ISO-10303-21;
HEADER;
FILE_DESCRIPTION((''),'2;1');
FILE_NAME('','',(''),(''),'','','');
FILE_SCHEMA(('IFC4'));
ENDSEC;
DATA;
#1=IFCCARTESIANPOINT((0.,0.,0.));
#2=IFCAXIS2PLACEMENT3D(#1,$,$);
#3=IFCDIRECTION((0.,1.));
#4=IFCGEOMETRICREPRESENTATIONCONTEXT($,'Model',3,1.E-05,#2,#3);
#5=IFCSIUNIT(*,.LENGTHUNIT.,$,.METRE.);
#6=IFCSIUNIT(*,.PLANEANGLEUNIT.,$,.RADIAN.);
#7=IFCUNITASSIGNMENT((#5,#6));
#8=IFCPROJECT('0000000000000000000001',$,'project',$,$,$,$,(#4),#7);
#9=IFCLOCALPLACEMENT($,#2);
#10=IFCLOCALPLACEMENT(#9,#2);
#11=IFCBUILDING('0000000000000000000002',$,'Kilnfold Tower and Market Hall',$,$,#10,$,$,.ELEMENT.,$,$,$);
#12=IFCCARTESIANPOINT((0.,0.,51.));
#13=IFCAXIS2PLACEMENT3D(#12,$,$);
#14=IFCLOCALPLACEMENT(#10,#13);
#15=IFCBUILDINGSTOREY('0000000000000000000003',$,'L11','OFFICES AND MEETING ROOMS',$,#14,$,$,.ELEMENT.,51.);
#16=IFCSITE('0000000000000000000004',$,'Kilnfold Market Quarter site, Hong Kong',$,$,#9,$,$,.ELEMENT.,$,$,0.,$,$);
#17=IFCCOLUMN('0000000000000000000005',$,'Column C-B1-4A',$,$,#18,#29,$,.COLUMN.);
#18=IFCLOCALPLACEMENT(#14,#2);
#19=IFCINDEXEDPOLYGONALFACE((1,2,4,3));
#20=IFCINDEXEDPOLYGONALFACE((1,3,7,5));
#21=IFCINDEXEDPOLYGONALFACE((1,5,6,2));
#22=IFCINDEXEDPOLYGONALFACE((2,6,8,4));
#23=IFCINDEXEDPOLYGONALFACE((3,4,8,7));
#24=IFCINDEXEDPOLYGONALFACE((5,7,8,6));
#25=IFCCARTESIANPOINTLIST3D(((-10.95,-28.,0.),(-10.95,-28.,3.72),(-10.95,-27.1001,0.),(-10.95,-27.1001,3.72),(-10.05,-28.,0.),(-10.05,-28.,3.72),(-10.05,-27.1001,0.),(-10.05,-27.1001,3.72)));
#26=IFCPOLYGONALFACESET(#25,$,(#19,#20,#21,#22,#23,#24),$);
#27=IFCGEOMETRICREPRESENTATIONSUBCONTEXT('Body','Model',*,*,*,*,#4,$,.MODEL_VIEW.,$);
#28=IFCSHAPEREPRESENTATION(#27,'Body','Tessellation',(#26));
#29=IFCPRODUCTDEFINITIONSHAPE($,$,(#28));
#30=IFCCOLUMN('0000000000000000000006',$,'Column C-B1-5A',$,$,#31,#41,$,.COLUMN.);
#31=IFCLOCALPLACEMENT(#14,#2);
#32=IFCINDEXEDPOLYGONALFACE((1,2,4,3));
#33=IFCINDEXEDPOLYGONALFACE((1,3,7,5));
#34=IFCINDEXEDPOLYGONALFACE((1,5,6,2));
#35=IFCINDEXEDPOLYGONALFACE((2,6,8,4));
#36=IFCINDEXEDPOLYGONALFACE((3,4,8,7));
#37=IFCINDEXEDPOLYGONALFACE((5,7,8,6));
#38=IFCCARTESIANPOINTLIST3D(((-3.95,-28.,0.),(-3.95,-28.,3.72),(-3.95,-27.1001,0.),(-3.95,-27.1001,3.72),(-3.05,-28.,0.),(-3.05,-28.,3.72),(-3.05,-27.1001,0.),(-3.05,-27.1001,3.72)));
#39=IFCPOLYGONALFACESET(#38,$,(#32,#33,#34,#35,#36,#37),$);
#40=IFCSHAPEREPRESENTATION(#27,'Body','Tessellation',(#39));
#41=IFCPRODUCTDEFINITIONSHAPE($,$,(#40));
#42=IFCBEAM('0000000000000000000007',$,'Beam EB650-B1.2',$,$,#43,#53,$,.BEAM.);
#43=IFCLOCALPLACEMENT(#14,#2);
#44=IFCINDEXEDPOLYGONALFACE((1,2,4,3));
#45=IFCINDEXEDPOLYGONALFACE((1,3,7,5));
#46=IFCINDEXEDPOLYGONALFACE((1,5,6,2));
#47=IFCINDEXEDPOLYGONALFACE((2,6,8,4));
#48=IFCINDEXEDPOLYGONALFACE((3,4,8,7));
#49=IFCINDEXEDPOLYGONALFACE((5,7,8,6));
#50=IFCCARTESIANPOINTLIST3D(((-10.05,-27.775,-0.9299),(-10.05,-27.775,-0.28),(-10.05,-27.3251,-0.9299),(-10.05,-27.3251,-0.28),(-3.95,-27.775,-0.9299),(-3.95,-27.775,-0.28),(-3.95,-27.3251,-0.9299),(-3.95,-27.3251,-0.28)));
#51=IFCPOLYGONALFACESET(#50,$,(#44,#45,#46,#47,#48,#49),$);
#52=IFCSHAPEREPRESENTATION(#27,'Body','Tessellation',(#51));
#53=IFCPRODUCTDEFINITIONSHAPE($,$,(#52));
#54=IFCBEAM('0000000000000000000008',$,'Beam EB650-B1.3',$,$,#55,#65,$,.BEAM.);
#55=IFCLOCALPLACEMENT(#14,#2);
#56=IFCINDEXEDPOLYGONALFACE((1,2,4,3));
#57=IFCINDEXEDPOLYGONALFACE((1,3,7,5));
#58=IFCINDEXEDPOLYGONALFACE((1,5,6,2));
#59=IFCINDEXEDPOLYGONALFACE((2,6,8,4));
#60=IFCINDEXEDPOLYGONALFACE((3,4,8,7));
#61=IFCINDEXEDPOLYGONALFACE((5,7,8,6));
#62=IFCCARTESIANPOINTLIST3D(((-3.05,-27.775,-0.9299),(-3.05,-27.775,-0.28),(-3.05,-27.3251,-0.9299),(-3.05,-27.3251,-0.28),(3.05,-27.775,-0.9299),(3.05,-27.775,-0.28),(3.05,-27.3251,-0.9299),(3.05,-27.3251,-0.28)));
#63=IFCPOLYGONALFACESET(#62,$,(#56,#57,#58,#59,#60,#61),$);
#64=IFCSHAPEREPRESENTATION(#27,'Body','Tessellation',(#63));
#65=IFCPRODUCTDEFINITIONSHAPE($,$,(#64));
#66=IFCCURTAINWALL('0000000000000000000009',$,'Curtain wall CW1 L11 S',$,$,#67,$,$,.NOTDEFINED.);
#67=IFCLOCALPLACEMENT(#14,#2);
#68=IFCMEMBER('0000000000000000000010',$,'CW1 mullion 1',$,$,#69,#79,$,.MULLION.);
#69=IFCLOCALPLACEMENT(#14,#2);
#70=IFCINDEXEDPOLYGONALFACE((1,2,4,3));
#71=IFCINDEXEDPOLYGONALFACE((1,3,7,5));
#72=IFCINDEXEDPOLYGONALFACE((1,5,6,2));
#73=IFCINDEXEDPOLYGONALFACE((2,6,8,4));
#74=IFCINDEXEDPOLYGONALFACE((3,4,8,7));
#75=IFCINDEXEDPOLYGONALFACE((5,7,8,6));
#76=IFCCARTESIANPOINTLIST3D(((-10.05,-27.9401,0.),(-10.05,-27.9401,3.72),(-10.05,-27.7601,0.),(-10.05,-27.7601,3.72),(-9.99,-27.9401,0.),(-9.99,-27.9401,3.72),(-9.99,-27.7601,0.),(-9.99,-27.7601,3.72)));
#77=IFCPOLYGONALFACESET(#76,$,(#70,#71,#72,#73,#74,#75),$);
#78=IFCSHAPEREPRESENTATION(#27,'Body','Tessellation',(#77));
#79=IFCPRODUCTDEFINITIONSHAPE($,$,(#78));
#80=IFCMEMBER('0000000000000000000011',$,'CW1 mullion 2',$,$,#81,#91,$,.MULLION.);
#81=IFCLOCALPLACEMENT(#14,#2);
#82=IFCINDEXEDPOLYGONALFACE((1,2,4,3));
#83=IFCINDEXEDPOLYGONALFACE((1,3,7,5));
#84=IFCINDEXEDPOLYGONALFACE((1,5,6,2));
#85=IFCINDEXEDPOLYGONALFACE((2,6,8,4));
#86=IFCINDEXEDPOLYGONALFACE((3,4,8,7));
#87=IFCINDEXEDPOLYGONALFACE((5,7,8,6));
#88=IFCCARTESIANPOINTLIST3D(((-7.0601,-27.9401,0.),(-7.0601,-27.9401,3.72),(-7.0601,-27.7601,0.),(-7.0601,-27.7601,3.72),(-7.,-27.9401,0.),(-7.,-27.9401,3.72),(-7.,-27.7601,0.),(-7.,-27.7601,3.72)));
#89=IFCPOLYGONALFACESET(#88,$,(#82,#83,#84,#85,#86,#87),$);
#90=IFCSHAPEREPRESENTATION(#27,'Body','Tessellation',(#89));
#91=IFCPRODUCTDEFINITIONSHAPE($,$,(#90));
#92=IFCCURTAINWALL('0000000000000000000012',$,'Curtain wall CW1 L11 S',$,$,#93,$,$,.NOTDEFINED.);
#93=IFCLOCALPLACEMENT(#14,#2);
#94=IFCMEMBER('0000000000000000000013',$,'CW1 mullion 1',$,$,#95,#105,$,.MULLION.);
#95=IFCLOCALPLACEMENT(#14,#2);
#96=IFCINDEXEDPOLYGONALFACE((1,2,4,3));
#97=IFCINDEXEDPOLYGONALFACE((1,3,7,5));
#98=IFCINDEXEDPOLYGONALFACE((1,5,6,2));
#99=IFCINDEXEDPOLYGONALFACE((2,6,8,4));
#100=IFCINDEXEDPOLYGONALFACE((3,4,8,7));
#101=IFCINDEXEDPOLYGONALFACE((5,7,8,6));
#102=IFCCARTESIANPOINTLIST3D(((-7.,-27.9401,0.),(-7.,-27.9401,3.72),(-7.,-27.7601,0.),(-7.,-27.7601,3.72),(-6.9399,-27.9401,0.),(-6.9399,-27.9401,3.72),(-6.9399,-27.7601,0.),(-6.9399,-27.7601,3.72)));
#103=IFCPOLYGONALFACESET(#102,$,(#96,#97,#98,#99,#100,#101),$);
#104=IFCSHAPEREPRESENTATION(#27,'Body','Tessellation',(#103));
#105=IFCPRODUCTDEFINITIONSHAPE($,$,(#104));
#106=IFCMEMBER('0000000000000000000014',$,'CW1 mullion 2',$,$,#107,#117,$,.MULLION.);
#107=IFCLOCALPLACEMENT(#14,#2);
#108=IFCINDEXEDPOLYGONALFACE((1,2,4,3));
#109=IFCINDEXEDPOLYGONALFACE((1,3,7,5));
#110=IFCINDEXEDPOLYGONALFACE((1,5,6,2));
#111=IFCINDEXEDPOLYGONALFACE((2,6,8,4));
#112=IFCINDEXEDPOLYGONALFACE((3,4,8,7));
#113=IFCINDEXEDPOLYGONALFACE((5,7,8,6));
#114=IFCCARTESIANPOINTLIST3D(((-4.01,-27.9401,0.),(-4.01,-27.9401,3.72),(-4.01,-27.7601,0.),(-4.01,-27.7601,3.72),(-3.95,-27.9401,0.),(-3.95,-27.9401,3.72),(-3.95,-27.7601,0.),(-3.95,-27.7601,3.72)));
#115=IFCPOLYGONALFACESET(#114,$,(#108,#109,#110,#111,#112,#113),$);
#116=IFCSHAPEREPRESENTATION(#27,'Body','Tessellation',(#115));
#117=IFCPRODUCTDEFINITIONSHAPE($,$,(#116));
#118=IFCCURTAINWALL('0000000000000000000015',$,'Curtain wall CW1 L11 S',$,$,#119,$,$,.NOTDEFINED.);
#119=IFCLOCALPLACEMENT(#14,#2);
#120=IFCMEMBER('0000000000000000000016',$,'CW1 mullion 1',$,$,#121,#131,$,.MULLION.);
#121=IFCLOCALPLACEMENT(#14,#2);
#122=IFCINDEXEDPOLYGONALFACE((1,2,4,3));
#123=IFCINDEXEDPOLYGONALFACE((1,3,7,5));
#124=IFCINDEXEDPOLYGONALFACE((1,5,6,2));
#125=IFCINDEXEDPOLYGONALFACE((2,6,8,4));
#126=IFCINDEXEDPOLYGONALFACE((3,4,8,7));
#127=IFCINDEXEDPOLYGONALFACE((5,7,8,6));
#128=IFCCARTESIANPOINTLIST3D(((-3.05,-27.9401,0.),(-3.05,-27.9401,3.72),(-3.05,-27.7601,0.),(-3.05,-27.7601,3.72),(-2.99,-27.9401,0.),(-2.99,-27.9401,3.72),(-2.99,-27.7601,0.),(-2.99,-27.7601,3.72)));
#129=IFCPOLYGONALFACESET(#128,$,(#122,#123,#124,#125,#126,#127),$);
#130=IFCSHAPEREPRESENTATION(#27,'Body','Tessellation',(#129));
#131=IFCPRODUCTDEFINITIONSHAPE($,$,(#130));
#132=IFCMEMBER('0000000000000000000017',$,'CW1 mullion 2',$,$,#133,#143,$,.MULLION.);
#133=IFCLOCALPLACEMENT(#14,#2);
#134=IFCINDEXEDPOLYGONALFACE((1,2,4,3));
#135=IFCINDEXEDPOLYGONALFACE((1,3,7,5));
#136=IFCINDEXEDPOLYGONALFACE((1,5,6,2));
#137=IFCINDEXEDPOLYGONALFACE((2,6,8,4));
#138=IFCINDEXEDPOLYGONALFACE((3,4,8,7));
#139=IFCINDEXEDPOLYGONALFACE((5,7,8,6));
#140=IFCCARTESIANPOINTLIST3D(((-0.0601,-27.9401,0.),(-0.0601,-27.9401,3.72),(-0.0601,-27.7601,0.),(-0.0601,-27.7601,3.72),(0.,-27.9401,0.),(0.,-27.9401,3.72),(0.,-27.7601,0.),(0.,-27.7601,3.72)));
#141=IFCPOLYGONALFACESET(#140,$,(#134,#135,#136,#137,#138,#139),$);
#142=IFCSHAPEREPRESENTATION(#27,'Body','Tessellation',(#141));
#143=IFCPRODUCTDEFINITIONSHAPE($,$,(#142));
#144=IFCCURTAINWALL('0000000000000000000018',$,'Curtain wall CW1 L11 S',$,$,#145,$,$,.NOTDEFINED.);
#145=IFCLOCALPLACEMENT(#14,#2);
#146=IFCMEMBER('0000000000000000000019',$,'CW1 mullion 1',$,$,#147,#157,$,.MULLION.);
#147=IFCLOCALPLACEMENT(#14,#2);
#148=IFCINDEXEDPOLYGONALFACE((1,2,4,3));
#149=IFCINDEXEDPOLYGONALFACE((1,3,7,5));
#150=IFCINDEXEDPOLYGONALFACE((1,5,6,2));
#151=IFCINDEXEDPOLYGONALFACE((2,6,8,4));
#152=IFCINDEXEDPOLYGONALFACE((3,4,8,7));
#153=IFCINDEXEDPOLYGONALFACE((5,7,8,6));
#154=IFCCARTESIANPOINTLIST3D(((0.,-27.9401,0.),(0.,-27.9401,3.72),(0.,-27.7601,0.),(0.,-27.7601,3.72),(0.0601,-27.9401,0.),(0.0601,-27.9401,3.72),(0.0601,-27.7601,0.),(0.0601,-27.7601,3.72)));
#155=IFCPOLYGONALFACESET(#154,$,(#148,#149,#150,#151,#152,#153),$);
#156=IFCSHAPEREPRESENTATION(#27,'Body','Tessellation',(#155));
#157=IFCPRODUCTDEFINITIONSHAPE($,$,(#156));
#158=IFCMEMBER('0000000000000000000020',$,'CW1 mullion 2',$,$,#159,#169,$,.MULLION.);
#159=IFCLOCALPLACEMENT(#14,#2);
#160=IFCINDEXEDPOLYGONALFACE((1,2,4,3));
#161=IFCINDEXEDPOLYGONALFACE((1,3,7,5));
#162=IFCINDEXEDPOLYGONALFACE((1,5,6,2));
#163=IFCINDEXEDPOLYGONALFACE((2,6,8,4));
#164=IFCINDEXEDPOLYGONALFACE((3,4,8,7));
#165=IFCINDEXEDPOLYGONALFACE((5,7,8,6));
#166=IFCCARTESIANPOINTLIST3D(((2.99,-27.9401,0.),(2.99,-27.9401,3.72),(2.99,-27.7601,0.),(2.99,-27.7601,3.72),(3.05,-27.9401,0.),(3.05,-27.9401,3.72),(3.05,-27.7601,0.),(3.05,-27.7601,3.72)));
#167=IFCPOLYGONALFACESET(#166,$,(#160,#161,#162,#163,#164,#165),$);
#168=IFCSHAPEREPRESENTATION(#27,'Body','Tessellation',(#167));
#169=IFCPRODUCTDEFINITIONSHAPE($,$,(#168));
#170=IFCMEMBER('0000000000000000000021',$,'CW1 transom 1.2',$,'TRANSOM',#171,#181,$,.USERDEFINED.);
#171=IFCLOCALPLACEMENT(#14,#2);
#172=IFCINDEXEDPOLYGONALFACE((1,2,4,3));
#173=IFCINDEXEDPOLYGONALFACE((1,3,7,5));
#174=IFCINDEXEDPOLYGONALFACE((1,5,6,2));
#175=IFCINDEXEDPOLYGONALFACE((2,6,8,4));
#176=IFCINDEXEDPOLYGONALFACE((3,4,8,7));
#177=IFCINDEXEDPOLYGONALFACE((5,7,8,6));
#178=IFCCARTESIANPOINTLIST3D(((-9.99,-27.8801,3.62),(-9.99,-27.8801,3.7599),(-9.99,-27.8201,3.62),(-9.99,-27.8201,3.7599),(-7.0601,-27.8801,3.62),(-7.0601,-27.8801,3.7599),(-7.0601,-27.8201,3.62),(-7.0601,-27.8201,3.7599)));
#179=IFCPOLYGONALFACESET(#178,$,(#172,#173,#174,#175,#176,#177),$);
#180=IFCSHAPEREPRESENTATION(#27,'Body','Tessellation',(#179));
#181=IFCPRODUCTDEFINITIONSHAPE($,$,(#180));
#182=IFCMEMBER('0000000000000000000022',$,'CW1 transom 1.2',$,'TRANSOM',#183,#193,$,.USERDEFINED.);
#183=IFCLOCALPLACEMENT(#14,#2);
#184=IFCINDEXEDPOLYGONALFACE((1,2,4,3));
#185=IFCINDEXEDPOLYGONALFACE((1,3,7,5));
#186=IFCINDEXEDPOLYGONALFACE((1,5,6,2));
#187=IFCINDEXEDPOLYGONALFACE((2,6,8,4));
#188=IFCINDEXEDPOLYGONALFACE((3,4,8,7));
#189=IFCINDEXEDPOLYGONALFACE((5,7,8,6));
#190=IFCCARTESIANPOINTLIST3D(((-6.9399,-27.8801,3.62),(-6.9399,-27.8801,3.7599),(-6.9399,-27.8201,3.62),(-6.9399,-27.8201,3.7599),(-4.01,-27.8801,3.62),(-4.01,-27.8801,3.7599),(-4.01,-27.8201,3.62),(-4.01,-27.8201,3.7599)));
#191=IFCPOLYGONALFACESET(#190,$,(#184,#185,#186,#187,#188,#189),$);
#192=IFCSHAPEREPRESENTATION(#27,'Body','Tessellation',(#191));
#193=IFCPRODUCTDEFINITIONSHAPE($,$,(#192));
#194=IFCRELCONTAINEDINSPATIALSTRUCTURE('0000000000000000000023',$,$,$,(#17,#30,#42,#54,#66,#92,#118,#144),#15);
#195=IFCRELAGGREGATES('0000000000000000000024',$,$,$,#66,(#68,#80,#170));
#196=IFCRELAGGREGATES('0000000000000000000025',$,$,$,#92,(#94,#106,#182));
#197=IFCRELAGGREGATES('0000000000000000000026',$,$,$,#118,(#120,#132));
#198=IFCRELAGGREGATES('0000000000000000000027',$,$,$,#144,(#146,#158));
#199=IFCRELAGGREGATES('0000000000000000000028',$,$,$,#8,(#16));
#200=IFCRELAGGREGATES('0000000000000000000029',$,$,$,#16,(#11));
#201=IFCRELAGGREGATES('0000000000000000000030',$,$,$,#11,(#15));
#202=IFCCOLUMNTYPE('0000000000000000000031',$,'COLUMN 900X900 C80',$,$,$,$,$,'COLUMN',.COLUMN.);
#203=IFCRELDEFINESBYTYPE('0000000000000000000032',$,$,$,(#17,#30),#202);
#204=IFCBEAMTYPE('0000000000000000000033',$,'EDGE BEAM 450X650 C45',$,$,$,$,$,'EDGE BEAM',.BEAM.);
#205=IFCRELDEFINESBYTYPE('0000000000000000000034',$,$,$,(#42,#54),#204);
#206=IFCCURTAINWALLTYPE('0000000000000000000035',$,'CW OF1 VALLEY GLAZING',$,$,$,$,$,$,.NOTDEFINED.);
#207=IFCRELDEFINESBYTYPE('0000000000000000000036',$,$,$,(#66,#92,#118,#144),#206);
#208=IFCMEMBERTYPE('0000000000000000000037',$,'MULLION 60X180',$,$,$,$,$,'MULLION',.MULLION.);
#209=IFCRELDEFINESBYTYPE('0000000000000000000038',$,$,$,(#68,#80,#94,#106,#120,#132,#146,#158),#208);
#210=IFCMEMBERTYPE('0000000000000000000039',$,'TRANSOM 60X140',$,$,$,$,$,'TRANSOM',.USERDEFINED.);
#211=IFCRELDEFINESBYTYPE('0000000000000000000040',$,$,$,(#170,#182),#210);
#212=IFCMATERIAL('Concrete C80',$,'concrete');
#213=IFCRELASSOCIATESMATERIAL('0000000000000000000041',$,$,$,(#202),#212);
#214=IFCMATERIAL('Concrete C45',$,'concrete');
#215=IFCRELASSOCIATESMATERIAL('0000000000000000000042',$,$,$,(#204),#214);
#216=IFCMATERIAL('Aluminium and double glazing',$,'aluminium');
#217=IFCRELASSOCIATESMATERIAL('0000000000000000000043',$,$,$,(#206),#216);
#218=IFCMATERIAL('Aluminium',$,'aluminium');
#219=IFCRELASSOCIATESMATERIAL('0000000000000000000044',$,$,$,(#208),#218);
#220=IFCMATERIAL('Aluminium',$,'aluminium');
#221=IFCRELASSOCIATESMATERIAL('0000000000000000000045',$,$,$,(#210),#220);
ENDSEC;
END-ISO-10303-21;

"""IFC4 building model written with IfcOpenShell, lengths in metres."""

from ifc_helpers import new_model, si_unit, direction, frame, origin, origin_2d, place, context, subcontext, project, spatial, rectangle, extrude, source, transform, mapped, material, material_profile, profile_set, type_object, element, aggregate, save


model = new_model("IFC4")

# Units and contexts
model_context = context("Model", 3, precision=1e-05, world=origin(), true_north=direction((0.0, 1.0)))
body_context = subcontext(model_context, "Body", "Model", "MODEL_VIEW")
ifc_project = project(units=[si_unit("LENGTHUNIT", "METRE"), si_unit("PLANEANGLEUNIT", "RADIAN")], contexts=[model_context])

# Site, building, storey
site_placement = place(None, origin())
site = spatial("IfcSite", under=ifc_project, at=site_placement, Name="Kilnfold Market Quarter site, Hong Kong", CompositionType="ELEMENT", RefElevation=0.0)
building_placement = place(site_placement, origin())
building = spatial("IfcBuilding", under=site, at=building_placement, Name="Kilnfold Tower and Market Hall", CompositionType="ELEMENT")
storey_placement = place(building_placement, frame((0.0, 0.0, 51.0)))
storey = spatial("IfcBuildingStorey", under=building, at=storey_placement, Name="L11", Description="OFFICES AND MEETING ROOMS", CompositionType="ELEMENT", Elevation=51.0)

# Columns
ifc_material_1 = material(Name="Concrete C80", Category="concrete")
ifc_material_profile_1 = material_profile(ifc_material_1, rectangle(XDim=0.8999, YDim=0.8999, at=origin_2d()), Name="RC 900x900")
ifc_profile_set_1 = profile_set([ifc_material_profile_1], Name="Concrete C80")
column_type = type_object("IfcColumnType", Name="COLUMN 900X900 C80", ElementType="COLUMN", PredefinedType="COLUMN", material=ifc_profile_set_1)
shared_shape_1 = source(origin(), body_context, "Body", "SweptSolid", [
    extrude(rectangle(XDim=0.8999, YDim=0.8999, at=origin_2d()), origin(), (0.0, 0.0, 1.0), 3.72),
])
for number, where, z_axis, x_axis, name in (
    (1, (-10.5, -27.55, 0.0), (0.0, 0.0, 1.0), (1.0, 0.0, 0.0), "Column C-B1-4A"),
    (2, (-3.5, -27.55, 0.0), (0.0, 0.0, 1.0), (1.0, 0.0, 0.0), "Column C-B1-5A"),
):
    element("IfcColumn", number, at=place(storey_placement, frame(where, z_axis=z_axis, x_axis=x_axis)), inside=storey, type_object=column_type, Name=name, PredefinedType="COLUMN", context=body_context, shape_type="MappedRepresentation", body=[
        mapped(shared_shape_1, transform((0.0, 0.0, 0.0))),
    ])

# Beams
ifc_material_2 = material(Name="Concrete C45", Category="concrete")
ifc_material_profile_2 = material_profile(ifc_material_2, rectangle(XDim=0.45, YDim=0.6499, at=origin_2d()), Name="RC 450x650")
ifc_profile_set_2 = profile_set([ifc_material_profile_2], Name="Concrete C45")
beam_type = type_object("IfcBeamType", Name="EDGE BEAM 450X650 C45", ElementType="EDGE BEAM", PredefinedType="BEAM", material=ifc_profile_set_2)
shared_shape_2 = source(origin(), body_context, "Body", "SweptSolid", [
    extrude(rectangle(XDim=0.45, YDim=0.6499, at=origin_2d()), origin(), (0.0, 0.0, 1.0), 6.1001),
])
for number, where, z_axis, x_axis, name in (
    (3, (-10.05, -27.55, -0.605), (1.0, 0.0, 0.0), (0.0, 1.0, 0.0), "Beam EB650-B1.2"),
    (4, (-3.05, -27.55, -0.605), (1.0, 0.0, 0.0), (0.0, 1.0, 0.0), "Beam EB650-B1.3"),
):
    element("IfcBeam", number, at=place(storey_placement, frame(where, z_axis=z_axis, x_axis=x_axis)), inside=storey, type_object=beam_type, Name=name, PredefinedType="BEAM", context=body_context, shape_type="MappedRepresentation", body=[
        mapped(shared_shape_2, transform((0.0, 0.0, 0.0))),
    ])

# Curtain walls, members
ifc_material_3 = material(Name="Aluminium and double glazing", Category="aluminium")
curtain_wall_type = type_object("IfcCurtainWallType", Name="CW OF1 VALLEY GLAZING", PredefinedType="NOTDEFINED", material=ifc_material_3)
curtain_wall_1_placement = place(storey_placement, origin())
curtain_wall_1 = element("IfcCurtainWall", 5, at=curtain_wall_1_placement, inside=storey, type_object=curtain_wall_type, Name="Curtain wall CW1 L11 S", PredefinedType="NOTDEFINED")
ifc_material_4 = material(Name="Aluminium", Category="aluminium")
ifc_material_profile_3 = material_profile(ifc_material_4, rectangle(XDim=0.0601, YDim=0.1799, at=origin_2d()), Name="MULLION 60x180")
ifc_profile_set_3 = profile_set([ifc_material_profile_3], Name="Aluminium")
member_type_1 = type_object("IfcMemberType", Name="MULLION 60X180", ElementType="MULLION", PredefinedType="MULLION", material=ifc_profile_set_3)
shared_shape_3 = source(origin(), body_context, "Body", "SweptSolid", [
    extrude(rectangle(XDim=0.0601, YDim=0.1799, at=origin_2d()), origin(), (0.0, 0.0, 1.0), 3.72),
])
member_1_placement = place(storey_placement, frame((-10.02, -27.8501, 0.0), z_axis=(0.0, 0.0, 1.0), x_axis=(1.0, 0.0, 0.0)))
member_1 = element("IfcMember", 6, at=member_1_placement, type_object=member_type_1, Name="CW1 mullion 1", PredefinedType="MULLION", context=body_context, shape_type="MappedRepresentation", body=[
    mapped(shared_shape_3, transform((0.0, 0.0, 0.0))),
])
member_2_placement = place(storey_placement, frame((-7.03, -27.8501, 0.0), z_axis=(0.0, 0.0, 1.0), x_axis=(1.0, 0.0, 0.0)))
member_2 = element("IfcMember", 7, at=member_2_placement, type_object=member_type_1, Name="CW1 mullion 2", PredefinedType="MULLION", context=body_context, shape_type="MappedRepresentation", body=[
    mapped(shared_shape_3, transform((0.0, 0.0, 0.0))),
])
curtain_wall_2_placement = place(storey_placement, origin())
curtain_wall_2 = element("IfcCurtainWall", 8, at=curtain_wall_2_placement, inside=storey, type_object=curtain_wall_type, Name="Curtain wall CW1 L11 S", PredefinedType="NOTDEFINED")
member_3_placement = place(storey_placement, frame((-6.97, -27.8501, 0.0), z_axis=(0.0, 0.0, 1.0), x_axis=(1.0, 0.0, 0.0)))
member_3 = element("IfcMember", 9, at=member_3_placement, type_object=member_type_1, Name="CW1 mullion 1", PredefinedType="MULLION", context=body_context, shape_type="MappedRepresentation", body=[
    mapped(shared_shape_3, transform((0.0, 0.0, 0.0))),
])
member_4_placement = place(storey_placement, frame((-3.98, -27.8501, 0.0), z_axis=(0.0, 0.0, 1.0), x_axis=(1.0, 0.0, 0.0)))
member_4 = element("IfcMember", 10, at=member_4_placement, type_object=member_type_1, Name="CW1 mullion 2", PredefinedType="MULLION", context=body_context, shape_type="MappedRepresentation", body=[
    mapped(shared_shape_3, transform((0.0, 0.0, 0.0))),
])
curtain_wall_3_placement = place(storey_placement, origin())
curtain_wall_3 = element("IfcCurtainWall", 11, at=curtain_wall_3_placement, inside=storey, type_object=curtain_wall_type, Name="Curtain wall CW1 L11 S", PredefinedType="NOTDEFINED")
member_5_placement = place(storey_placement, frame((-3.02, -27.8501, 0.0), z_axis=(0.0, 0.0, 1.0), x_axis=(1.0, 0.0, 0.0)))
member_5 = element("IfcMember", 12, at=member_5_placement, type_object=member_type_1, Name="CW1 mullion 1", PredefinedType="MULLION", context=body_context, shape_type="MappedRepresentation", body=[
    mapped(shared_shape_3, transform((0.0, 0.0, 0.0))),
])
member_6_placement = place(storey_placement, frame((-0.03, -27.8501, 0.0), z_axis=(0.0, 0.0, 1.0), x_axis=(1.0, 0.0, 0.0)))
member_6 = element("IfcMember", 13, at=member_6_placement, type_object=member_type_1, Name="CW1 mullion 2", PredefinedType="MULLION", context=body_context, shape_type="MappedRepresentation", body=[
    mapped(shared_shape_3, transform((0.0, 0.0, 0.0))),
])
curtain_wall_4_placement = place(storey_placement, origin())
curtain_wall_4 = element("IfcCurtainWall", 14, at=curtain_wall_4_placement, inside=storey, type_object=curtain_wall_type, Name="Curtain wall CW1 L11 S", PredefinedType="NOTDEFINED")
member_7_placement = place(storey_placement, frame((0.03, -27.8501, 0.0), z_axis=(0.0, 0.0, 1.0), x_axis=(1.0, 0.0, 0.0)))
member_7 = element("IfcMember", 15, at=member_7_placement, type_object=member_type_1, Name="CW1 mullion 1", PredefinedType="MULLION", context=body_context, shape_type="MappedRepresentation", body=[
    mapped(shared_shape_3, transform((0.0, 0.0, 0.0))),
])
member_8_placement = place(storey_placement, frame((3.02, -27.8501, 0.0), z_axis=(0.0, 0.0, 1.0), x_axis=(1.0, 0.0, 0.0)))
member_8 = element("IfcMember", 16, at=member_8_placement, type_object=member_type_1, Name="CW1 mullion 2", PredefinedType="MULLION", context=body_context, shape_type="MappedRepresentation", body=[
    mapped(shared_shape_3, transform((0.0, 0.0, 0.0))),
])

# Members
ifc_material_5 = material(Name="Aluminium", Category="aluminium")
ifc_material_profile_4 = material_profile(ifc_material_5, rectangle(XDim=0.0601, YDim=0.1399, at=origin_2d()), Name="TRANSOM 60x140")
ifc_profile_set_4 = profile_set([ifc_material_profile_4], Name="Aluminium")
member_type_2 = type_object("IfcMemberType", Name="TRANSOM 60X140", ElementType="TRANSOM", PredefinedType="USERDEFINED", material=ifc_profile_set_4)
shared_shape_4 = source(origin(), body_context, "Body", "SweptSolid", [
    extrude(rectangle(XDim=0.0601, YDim=0.1399, at=origin_2d()), origin(), (0.0, 0.0, 1.0), 2.9299),
])
member_9_placement = place(storey_placement, frame((-9.99, -27.8501, 3.6899), z_axis=(1.0, 0.0, 0.0), x_axis=(0.0, 1.0, 0.0)))
member_9 = element("IfcMember", 17, at=member_9_placement, type_object=member_type_2, Name="CW1 transom 1.2", ObjectType="TRANSOM", PredefinedType="USERDEFINED", context=body_context, shape_type="MappedRepresentation", body=[
    mapped(shared_shape_4, transform((0.0, 0.0, 0.0))),
])
member_10_placement = place(storey_placement, frame((-6.9399, -27.8501, 3.6899), z_axis=(1.0, 0.0, 0.0), x_axis=(0.0, 1.0, 0.0)))
member_10 = element("IfcMember", 18, at=member_10_placement, type_object=member_type_2, Name="CW1 transom 1.2", ObjectType="TRANSOM", PredefinedType="USERDEFINED", context=body_context, shape_type="MappedRepresentation", body=[
    mapped(shared_shape_4, transform((0.0, 0.0, 0.0))),
])

aggregate(curtain_wall_1, [member_1, member_2, member_9])
aggregate(curtain_wall_2, [member_3, member_4, member_10])
aggregate(curtain_wall_3, [member_5, member_6])
aggregate(curtain_wall_4, [member_7, member_8])

save(model, "model.ifc")
